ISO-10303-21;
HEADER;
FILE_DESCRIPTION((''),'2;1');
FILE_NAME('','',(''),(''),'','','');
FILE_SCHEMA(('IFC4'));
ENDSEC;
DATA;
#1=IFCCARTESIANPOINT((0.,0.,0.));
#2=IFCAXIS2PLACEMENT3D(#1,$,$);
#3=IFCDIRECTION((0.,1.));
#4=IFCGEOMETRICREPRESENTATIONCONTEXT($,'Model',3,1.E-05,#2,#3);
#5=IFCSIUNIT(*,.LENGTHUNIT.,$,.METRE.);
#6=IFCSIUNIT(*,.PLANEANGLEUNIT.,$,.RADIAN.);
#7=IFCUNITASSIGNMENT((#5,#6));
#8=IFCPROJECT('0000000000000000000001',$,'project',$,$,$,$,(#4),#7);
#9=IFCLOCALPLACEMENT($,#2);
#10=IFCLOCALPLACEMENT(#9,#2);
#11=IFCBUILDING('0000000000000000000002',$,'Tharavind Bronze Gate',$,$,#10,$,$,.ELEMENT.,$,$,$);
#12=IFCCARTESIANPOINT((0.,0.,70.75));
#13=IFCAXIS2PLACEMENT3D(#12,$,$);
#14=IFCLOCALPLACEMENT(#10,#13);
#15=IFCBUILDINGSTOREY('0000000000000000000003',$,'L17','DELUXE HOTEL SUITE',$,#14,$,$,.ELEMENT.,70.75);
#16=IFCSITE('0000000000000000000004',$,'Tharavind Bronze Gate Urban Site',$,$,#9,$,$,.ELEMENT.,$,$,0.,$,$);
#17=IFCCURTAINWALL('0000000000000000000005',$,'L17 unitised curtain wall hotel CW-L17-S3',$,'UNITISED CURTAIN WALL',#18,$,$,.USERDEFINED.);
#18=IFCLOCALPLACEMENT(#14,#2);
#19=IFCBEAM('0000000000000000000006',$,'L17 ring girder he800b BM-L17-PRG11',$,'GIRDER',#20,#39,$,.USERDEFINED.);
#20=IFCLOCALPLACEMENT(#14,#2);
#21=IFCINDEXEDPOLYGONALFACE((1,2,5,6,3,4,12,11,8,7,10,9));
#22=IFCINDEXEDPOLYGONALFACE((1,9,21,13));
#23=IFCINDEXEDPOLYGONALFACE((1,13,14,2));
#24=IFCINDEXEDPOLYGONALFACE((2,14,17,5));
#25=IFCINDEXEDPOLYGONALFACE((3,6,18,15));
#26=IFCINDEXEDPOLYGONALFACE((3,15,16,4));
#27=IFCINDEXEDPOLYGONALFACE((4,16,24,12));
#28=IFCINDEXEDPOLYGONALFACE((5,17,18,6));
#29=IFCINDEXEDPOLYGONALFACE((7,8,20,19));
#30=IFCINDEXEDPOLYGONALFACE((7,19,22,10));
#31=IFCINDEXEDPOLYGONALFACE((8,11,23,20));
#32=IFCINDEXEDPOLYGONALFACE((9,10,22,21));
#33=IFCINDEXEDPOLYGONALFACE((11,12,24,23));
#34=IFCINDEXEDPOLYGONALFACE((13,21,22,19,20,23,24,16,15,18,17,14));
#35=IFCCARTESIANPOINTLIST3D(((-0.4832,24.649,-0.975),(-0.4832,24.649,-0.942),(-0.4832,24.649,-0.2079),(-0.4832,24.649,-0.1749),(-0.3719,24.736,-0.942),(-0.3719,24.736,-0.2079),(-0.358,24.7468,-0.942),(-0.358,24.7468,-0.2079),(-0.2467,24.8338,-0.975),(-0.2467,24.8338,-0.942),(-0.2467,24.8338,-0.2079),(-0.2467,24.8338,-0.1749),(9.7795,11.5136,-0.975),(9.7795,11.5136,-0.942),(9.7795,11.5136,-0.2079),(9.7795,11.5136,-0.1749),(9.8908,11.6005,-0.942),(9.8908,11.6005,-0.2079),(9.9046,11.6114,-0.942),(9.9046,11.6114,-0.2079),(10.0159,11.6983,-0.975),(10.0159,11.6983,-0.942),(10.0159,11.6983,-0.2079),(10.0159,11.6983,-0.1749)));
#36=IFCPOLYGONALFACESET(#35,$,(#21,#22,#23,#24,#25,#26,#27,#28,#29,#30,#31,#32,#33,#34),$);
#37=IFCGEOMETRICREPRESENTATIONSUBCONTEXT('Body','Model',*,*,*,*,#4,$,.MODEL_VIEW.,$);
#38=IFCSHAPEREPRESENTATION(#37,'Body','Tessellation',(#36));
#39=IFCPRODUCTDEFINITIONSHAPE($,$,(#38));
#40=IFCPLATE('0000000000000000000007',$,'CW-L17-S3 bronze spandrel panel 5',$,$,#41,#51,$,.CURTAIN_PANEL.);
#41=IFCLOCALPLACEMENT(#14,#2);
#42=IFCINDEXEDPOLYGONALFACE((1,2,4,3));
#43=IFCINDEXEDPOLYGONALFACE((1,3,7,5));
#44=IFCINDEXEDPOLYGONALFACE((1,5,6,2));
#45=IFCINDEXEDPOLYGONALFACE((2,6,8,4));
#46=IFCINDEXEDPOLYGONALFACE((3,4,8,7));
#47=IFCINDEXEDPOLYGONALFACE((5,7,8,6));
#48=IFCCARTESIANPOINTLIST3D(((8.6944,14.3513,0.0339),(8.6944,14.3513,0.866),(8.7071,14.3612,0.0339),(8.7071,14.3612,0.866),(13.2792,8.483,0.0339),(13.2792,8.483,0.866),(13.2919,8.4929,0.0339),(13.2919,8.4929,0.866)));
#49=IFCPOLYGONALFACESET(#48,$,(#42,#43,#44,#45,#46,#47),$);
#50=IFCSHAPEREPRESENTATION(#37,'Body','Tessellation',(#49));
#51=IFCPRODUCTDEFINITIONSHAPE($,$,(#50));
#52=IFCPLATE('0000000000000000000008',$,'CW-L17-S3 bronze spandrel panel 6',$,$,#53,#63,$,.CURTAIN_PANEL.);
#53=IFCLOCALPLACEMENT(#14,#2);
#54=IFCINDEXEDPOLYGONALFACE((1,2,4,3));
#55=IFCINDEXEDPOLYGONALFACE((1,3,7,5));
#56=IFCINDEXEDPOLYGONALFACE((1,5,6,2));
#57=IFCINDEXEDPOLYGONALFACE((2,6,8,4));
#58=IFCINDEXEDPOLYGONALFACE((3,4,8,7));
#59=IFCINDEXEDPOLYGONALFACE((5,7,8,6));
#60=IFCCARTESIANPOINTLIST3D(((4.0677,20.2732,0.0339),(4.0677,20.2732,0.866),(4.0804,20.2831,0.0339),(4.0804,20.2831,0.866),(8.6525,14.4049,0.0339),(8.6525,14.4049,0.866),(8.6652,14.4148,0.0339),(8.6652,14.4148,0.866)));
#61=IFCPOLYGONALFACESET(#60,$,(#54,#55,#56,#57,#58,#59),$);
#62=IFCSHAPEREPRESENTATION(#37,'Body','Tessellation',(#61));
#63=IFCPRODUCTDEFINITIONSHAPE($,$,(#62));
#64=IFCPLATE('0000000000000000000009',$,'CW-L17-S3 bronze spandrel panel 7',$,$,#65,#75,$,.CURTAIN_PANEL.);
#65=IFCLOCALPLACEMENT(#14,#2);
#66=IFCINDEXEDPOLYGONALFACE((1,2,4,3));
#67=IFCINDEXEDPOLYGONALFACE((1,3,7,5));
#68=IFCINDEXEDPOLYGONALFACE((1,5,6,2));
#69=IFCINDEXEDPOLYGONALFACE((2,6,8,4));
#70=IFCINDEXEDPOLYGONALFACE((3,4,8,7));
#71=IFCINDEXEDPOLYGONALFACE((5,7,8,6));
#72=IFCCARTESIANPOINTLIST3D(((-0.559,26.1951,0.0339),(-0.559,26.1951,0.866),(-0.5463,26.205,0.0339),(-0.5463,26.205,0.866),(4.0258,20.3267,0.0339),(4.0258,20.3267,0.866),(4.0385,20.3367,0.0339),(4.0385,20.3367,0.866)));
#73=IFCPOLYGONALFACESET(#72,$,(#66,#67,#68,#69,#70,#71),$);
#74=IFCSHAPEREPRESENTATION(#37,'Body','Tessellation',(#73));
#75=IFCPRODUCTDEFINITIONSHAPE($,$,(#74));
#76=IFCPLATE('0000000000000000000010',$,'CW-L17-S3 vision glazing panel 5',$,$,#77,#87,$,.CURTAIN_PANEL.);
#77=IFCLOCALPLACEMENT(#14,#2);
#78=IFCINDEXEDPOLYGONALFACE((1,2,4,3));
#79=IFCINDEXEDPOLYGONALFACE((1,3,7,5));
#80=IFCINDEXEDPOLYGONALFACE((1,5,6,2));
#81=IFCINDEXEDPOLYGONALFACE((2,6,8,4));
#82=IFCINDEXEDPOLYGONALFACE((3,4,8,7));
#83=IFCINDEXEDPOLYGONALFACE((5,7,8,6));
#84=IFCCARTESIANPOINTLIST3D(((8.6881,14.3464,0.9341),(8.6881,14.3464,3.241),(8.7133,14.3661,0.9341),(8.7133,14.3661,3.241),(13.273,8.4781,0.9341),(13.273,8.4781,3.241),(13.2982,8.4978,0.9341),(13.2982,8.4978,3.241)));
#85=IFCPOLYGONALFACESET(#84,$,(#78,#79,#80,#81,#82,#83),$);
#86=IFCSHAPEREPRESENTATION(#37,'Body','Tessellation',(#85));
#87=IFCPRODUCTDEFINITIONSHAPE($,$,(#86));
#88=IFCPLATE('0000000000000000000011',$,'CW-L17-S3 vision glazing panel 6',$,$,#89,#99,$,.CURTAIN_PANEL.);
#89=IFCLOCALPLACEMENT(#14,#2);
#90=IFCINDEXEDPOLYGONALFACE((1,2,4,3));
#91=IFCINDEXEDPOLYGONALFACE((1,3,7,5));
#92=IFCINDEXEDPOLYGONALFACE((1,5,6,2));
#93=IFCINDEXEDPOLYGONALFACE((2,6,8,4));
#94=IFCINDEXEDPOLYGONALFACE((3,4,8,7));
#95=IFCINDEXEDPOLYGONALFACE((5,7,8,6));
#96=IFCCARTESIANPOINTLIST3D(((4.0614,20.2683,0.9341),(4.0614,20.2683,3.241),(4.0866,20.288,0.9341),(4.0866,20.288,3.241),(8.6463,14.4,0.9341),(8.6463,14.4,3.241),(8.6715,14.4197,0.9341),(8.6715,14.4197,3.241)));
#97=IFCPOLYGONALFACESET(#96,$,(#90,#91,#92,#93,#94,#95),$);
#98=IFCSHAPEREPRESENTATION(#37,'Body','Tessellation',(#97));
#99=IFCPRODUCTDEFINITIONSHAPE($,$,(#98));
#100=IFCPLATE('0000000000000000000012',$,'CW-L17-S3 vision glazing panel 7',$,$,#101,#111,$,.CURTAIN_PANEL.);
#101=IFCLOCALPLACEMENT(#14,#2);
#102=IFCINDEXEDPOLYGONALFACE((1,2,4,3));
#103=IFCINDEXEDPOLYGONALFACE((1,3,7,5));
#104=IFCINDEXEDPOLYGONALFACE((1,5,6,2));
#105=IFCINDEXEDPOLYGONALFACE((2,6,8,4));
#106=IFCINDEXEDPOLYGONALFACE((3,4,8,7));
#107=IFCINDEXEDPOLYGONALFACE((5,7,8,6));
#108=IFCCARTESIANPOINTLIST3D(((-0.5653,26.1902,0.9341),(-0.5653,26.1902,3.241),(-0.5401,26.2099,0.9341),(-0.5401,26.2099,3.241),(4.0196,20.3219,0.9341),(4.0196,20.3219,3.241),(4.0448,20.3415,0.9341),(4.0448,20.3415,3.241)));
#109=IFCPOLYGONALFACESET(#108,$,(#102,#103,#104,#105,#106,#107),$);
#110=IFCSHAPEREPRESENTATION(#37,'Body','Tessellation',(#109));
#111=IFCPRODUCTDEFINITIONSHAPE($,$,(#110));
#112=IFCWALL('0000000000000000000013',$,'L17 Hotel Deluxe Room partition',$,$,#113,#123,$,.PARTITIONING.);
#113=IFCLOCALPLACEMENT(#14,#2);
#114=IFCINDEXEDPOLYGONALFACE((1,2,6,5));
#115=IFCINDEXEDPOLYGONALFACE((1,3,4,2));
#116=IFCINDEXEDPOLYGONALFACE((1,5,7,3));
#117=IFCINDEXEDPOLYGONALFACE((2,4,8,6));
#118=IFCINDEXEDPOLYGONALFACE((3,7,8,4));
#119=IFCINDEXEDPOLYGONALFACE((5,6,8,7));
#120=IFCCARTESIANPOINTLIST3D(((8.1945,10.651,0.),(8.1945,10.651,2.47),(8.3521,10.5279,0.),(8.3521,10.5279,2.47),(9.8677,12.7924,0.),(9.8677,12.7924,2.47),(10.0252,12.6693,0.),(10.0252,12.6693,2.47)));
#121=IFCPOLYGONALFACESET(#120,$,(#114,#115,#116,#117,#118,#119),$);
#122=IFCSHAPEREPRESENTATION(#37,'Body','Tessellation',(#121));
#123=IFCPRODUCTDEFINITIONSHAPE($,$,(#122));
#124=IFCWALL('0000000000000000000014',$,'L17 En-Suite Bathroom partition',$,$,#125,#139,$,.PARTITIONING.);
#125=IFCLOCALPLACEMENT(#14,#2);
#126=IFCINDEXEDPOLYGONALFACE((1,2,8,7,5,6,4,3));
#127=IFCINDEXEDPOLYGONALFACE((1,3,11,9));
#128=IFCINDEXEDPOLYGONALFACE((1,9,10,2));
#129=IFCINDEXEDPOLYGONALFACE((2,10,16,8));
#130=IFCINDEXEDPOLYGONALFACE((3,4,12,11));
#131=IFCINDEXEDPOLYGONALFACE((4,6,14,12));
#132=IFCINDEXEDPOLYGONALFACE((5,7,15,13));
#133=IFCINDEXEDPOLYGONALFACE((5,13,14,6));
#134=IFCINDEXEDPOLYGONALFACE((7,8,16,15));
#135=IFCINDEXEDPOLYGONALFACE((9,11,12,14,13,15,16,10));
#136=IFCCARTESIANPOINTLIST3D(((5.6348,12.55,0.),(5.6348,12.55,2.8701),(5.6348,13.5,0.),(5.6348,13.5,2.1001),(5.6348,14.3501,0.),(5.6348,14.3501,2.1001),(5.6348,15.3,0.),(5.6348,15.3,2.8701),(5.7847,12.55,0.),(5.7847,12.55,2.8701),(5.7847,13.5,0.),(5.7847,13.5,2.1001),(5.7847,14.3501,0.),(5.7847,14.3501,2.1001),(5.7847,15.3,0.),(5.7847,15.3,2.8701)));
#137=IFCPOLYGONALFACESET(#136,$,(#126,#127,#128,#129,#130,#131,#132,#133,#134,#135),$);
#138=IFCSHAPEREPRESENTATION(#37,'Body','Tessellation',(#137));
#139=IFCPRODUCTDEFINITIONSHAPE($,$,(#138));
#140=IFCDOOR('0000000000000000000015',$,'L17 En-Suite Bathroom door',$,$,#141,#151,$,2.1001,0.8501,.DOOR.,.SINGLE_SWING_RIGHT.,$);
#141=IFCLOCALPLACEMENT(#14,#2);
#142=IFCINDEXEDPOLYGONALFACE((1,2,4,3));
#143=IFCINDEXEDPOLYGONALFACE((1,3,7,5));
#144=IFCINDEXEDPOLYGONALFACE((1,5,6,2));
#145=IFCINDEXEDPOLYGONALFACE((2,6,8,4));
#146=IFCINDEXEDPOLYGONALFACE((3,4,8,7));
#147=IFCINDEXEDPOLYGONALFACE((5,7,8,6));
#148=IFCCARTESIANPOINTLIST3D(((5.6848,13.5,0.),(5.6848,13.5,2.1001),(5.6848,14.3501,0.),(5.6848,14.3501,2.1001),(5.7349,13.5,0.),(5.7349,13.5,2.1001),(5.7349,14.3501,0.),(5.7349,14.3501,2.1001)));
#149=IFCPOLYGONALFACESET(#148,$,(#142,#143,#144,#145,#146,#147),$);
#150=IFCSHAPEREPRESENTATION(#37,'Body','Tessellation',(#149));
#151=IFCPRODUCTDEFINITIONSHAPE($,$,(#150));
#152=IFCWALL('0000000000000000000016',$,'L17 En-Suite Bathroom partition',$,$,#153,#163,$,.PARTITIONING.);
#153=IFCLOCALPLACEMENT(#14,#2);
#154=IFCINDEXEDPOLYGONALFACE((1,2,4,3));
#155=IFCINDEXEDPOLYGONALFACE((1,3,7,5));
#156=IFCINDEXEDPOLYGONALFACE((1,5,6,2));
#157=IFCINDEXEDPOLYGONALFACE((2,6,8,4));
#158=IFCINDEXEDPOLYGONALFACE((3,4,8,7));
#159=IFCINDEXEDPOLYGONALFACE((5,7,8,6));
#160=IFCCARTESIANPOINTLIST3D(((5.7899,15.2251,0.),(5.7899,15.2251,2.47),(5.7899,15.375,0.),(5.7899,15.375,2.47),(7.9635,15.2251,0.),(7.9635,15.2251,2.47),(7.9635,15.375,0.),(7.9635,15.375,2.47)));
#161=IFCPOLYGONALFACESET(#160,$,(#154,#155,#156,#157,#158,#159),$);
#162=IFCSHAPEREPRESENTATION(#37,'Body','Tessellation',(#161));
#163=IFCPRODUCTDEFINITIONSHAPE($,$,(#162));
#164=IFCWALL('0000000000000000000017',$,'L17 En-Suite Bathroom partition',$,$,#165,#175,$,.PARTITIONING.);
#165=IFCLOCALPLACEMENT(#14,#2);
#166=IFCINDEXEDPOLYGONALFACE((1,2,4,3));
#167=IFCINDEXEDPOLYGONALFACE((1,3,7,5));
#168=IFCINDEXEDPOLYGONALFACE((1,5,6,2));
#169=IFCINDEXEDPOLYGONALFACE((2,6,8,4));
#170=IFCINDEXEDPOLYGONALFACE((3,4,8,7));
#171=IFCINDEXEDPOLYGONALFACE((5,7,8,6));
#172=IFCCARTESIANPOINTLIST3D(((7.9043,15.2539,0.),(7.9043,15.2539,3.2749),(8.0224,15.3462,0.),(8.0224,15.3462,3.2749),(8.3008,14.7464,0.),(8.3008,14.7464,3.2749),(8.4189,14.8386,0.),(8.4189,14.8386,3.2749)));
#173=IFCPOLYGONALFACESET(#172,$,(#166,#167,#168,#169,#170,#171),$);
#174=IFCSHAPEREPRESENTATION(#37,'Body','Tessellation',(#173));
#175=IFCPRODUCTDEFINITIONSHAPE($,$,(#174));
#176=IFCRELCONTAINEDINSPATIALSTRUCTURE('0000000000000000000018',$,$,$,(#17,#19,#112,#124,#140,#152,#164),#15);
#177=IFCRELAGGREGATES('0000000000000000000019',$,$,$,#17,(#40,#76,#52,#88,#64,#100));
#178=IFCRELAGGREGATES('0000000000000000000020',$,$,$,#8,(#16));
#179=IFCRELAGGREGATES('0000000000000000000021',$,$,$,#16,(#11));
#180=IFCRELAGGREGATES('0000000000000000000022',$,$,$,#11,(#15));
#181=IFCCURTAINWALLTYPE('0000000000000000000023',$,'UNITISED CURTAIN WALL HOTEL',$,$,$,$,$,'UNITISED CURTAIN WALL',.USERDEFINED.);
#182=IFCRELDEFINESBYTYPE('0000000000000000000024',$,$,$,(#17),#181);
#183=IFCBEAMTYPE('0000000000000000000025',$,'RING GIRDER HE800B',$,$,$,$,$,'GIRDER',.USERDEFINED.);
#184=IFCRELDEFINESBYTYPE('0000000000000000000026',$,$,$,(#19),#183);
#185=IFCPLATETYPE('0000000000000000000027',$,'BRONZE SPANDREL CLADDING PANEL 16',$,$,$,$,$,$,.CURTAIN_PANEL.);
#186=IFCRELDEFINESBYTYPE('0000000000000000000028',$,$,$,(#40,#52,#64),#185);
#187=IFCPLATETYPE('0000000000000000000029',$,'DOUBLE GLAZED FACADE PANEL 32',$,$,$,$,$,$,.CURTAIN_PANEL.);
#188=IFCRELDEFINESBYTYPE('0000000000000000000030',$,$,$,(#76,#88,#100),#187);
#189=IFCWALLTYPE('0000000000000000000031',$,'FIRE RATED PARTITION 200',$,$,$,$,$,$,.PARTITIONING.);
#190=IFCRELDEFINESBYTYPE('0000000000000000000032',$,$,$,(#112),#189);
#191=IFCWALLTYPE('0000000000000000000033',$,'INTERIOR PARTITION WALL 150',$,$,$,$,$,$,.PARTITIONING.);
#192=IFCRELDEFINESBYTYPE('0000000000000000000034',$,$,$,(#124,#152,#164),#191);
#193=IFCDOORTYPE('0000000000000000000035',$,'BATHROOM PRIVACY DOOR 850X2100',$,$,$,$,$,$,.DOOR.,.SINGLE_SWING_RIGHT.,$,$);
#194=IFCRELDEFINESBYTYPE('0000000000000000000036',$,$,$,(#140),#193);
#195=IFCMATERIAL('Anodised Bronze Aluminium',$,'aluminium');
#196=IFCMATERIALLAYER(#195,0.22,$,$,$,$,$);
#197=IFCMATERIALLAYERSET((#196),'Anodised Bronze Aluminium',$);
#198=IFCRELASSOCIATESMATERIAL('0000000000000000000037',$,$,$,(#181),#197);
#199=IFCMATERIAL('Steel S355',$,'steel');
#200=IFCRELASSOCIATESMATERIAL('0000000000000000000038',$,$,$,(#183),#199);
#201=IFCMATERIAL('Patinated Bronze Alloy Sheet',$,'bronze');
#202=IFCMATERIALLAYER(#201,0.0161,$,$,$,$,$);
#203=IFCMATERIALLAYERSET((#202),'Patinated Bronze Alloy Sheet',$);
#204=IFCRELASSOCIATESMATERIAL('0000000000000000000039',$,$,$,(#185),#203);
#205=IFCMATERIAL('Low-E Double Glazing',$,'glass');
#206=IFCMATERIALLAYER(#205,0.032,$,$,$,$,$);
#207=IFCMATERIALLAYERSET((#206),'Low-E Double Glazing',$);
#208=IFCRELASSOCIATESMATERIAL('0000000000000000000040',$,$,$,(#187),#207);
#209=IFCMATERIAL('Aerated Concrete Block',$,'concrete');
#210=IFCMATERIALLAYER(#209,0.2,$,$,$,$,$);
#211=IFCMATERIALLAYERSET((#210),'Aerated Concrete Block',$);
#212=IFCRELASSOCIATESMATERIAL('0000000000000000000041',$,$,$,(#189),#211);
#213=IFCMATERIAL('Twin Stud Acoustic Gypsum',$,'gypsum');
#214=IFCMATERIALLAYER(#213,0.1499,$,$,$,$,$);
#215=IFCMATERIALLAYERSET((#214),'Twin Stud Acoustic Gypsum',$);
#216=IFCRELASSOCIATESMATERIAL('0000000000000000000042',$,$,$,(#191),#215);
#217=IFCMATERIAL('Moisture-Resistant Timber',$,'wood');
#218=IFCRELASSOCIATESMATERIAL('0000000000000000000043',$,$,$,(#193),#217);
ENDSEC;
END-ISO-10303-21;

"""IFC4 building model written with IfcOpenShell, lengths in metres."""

from ifc_helpers import new_model, si_unit, direction, frame, frame_2d, origin, origin_2d, place, context, subcontext, project, spatial, rectangle, i_section, extrude, material, layer, layer_set, material_profile, profile_set, type_object, element, fill, aggregate, save


model = new_model("IFC4")

# Units and contexts
model_context = context("Model", 3, precision=1e-05, world=origin(), true_north=direction((0.0, 1.0)))
body_context = subcontext(model_context, "Body", "Model", "MODEL_VIEW")
ifc_project = project(units=[si_unit("LENGTHUNIT", "METRE"), si_unit("PLANEANGLEUNIT", "RADIAN")], contexts=[model_context])

# Site, building, storey
site_placement = place(None, origin())
site = spatial("IfcSite", under=ifc_project, at=site_placement, Name="Tharavind Bronze Gate Urban Site", CompositionType="ELEMENT", RefElevation=0.0)
building_placement = place(site_placement, origin())
building = spatial("IfcBuilding", under=site, at=building_placement, Name="Tharavind Bronze Gate", CompositionType="ELEMENT")
storey_placement = place(building_placement, frame((0.0, 0.0, 70.75)))
storey = spatial("IfcBuildingStorey", under=building, at=storey_placement, Name="L17", Description="DELUXE HOTEL SUITE", CompositionType="ELEMENT", Elevation=70.75)

# Curtain wall
ifc_material_1 = material(Name="Anodised Bronze Aluminium", Category="aluminium")
ifc_layer_1 = layer(ifc_material_1, 0.22)
ifc_layer_set_1 = layer_set([ifc_layer_1], Name="Anodised Bronze Aluminium")
curtain_wall_type = type_object("IfcCurtainWallType", Name="UNITISED CURTAIN WALL HOTEL", ElementType="UNITISED CURTAIN WALL", PredefinedType="USERDEFINED", material=ifc_layer_set_1)
curtain_wall_placement = place(storey_placement, origin())
curtain_wall = element("IfcCurtainWall", 1, at=curtain_wall_placement, inside=storey, type_object=curtain_wall_type, Name="L17 unitised curtain wall hotel CW-L17-S3", ObjectType="UNITISED CURTAIN WALL", PredefinedType="USERDEFINED")

# Beam
ifc_material_2 = material(Name="Steel S355", Category="steel")
ifc_material_profile_1 = material_profile(ifc_material_2, i_section(OverallWidth=0.3, OverallDepth=0.8, WebThickness=0.0176, FlangeThickness=0.033, at=origin_2d()), Name="HE800B")
ifc_profile_set_1 = profile_set([ifc_material_profile_1], Name="Steel S355")
beam_type_1 = type_object("IfcBeamType", Name="RING GIRDER HE800B", ElementType="GIRDER", PredefinedType="USERDEFINED", material=ifc_profile_set_1)
beam_1_placement = place(storey_placement, frame((9.8977, 11.606, -0.575), z_axis=(-0.615666, 0.788007, 0.0), x_axis=(-0.788007, -0.615666, 0.0)))
element("IfcBeam", 2, at=beam_1_placement, inside=storey, type_object=beam_type_1, Name="L17 ring girder he800b BM-L17-PRG11", ObjectType="GIRDER", PredefinedType="USERDEFINED", context=body_context, shape_type="SweptSolid", body=[
    extrude(i_section(OverallWidth=0.3, OverallDepth=0.8, WebThickness=0.0176, FlangeThickness=0.033, at=origin_2d()), origin(), (0.0, 0.0, 1.0), 16.6692),
])

# Plates
ifc_material_3 = material(Name="Patinated Bronze Alloy Sheet", Category="bronze")
ifc_layer_2 = layer(ifc_material_3, 0.0161)
ifc_layer_set_2 = layer_set([ifc_layer_2], Name="Patinated Bronze Alloy Sheet")
plate_type_1 = type_object("IfcPlateType", Name="BRONZE SPANDREL CLADDING PANEL 16", PredefinedType="CURTAIN_PANEL", material=ifc_layer_set_2)
plate_1_placement = place(storey_placement, frame((10.9932, 11.4221, 0.0339), z_axis=(0.0, 0.0, 1.0), x_axis=(-0.615661, 0.788011, 0.0)))
plate_1 = element("IfcPlate", 3, at=plate_1_placement, type_object=plate_type_1, Name="CW-L17-S3 bronze spandrel panel 5", PredefinedType="CURTAIN_PANEL", context=body_context, shape_type="SweptSolid", body=[
    extrude(rectangle(XDim=7.447, YDim=0.0161, at=origin_2d()), origin(), (0.0, 0.0, 1.0), 0.832),
])
plate_2_placement = place(storey_placement, frame((6.3665, 17.344, 0.0339), z_axis=(0.0, 0.0, 1.0), x_axis=(-0.615661, 0.788011, 0.0)))
plate_2 = element("IfcPlate", 4, at=plate_2_placement, type_object=plate_type_1, Name="CW-L17-S3 bronze spandrel panel 6", PredefinedType="CURTAIN_PANEL", context=body_context, shape_type="SweptSolid", body=[
    extrude(rectangle(XDim=7.447, YDim=0.0161, at=origin_2d()), origin(), (0.0, 0.0, 1.0), 0.832),
])
plate_3_placement = place(storey_placement, frame((1.7397, 23.2659, 0.0339), z_axis=(0.0, 0.0, 1.0), x_axis=(-0.615661, 0.788011, 0.0)))
plate_3 = element("IfcPlate", 5, at=plate_3_placement, type_object=plate_type_1, Name="CW-L17-S3 bronze spandrel panel 7", PredefinedType="CURTAIN_PANEL", context=body_context, shape_type="SweptSolid", body=[
    extrude(rectangle(XDim=7.447, YDim=0.0161, at=origin_2d()), origin(), (0.0, 0.0, 1.0), 0.832),
])
ifc_material_4 = material(Name="Low-E Double Glazing", Category="glass")
ifc_layer_3 = layer(ifc_material_4, 0.032)
ifc_layer_set_3 = layer_set([ifc_layer_3], Name="Low-E Double Glazing")
plate_type_2 = type_object("IfcPlateType", Name="DOUBLE GLAZED FACADE PANEL 32", PredefinedType="CURTAIN_PANEL", material=ifc_layer_set_3)
plate_4_placement = place(storey_placement, frame((10.9932, 11.4221, 0.9341), z_axis=(0.0, 0.0, 1.0), x_axis=(-0.615661, 0.788011, 0.0)))
plate_4 = element("IfcPlate", 6, at=plate_4_placement, type_object=plate_type_2, Name="CW-L17-S3 vision glazing panel 5", PredefinedType="CURTAIN_PANEL", context=body_context, shape_type="SweptSolid", body=[
    extrude(rectangle(XDim=7.447, YDim=0.032, at=origin_2d()), origin(), (0.0, 0.0, 1.0), 2.3069),
])
plate_5_placement = place(storey_placement, frame((6.3665, 17.344, 0.9341), z_axis=(0.0, 0.0, 1.0), x_axis=(-0.615661, 0.788011, 0.0)))
plate_5 = element("IfcPlate", 7, at=plate_5_placement, type_object=plate_type_2, Name="CW-L17-S3 vision glazing panel 6", PredefinedType="CURTAIN_PANEL", context=body_context, shape_type="SweptSolid", body=[
    extrude(rectangle(XDim=7.447, YDim=0.032, at=origin_2d()), origin(), (0.0, 0.0, 1.0), 2.3069),
])
plate_6_placement = place(storey_placement, frame((1.7397, 23.2659, 0.9341), z_axis=(0.0, 0.0, 1.0), x_axis=(-0.615661, 0.788011, 0.0)))
plate_6 = element("IfcPlate", 8, at=plate_6_placement, type_object=plate_type_2, Name="CW-L17-S3 vision glazing panel 7", PredefinedType="CURTAIN_PANEL", context=body_context, shape_type="SweptSolid", body=[
    extrude(rectangle(XDim=7.447, YDim=0.032, at=origin_2d()), origin(), (0.0, 0.0, 1.0), 2.3069),
])
aggregate(curtain_wall, [plate_1, plate_4, plate_2, plate_5, plate_3, plate_6])

# Wall
ifc_material_5 = material(Name="Aerated Concrete Block", Category="concrete")
ifc_layer_4 = layer(ifc_material_5, 0.2)
ifc_layer_set_4 = layer_set([ifc_layer_4], Name="Aerated Concrete Block")
wall_type_1 = type_object("IfcWallType", Name="FIRE RATED PARTITION 200", PredefinedType="PARTITIONING", material=ifc_layer_set_4)
wall_1_placement = place(storey_placement, frame((9.9465, 12.731, 0.0), z_axis=(0.0, 0.0, 1.0), x_axis=(-0.615681, -0.787996, 0.0)))
element("IfcWall", 9, at=wall_1_placement, inside=storey, type_object=wall_type_1, Name="L17 Hotel Deluxe Room partition", PredefinedType="PARTITIONING", context=body_context, shape_type="SweptSolid", body=[
    extrude(rectangle(XDim=2.7175, YDim=0.2, at=frame_2d((1.3589, 0.0))), origin(), (0.0, 0.0, 1.0), 2.47),
])

# Wall, opening, door
ifc_material_6 = material(Name="Twin Stud Acoustic Gypsum", Category="gypsum")
ifc_layer_5 = layer(ifc_material_6, 0.1499)
ifc_layer_set_5 = layer_set([ifc_layer_5], Name="Twin Stud Acoustic Gypsum")
wall_type_2 = type_object("IfcWallType", Name="INTERIOR PARTITION WALL 150", PredefinedType="PARTITIONING", material=ifc_layer_set_5)
wall_2_placement = place(storey_placement, frame((5.7097, 12.55, 0.0), z_axis=(0.0, 0.0, 1.0), x_axis=(0.0, 1.0, 0.0)))
wall_2 = element("IfcWall", 10, at=wall_2_placement, inside=storey, type_object=wall_type_2, Name="L17 En-Suite Bathroom partition", PredefinedType="PARTITIONING", context=body_context, shape_type="SweptSolid", body=[
    extrude(rectangle(XDim=2.75, YDim=0.1499, at=frame_2d((1.375, 0.0))), origin(), (0.0, 0.0, 1.0), 2.8701),
])
opening_placement = place(wall_2_placement, frame((0.95, 0.0, 0.0)))
opening = element("IfcOpeningElement", 11, at=opening_placement, cuts=wall_2, PredefinedType="OPENING", context=body_context, shape_type="SweptSolid", body=[
    extrude(rectangle(XDim=0.8501, YDim=2.1001, at=frame_2d((0.425, 1.05))), frame((0.0, 0.085, 0.0), z_axis=(0.0, -1.0, 0.0), x_axis=(1.0, 0.0, 0.0)), (0.0, 0.0, 1.0), 0.1699),
])
ifc_material_7 = material(Name="Moisture-Resistant Timber", Category="wood")
door_type = type_object("IfcDoorType", Name="BATHROOM PRIVACY DOOR 850X2100", OperationType="SINGLE_SWING_RIGHT", PredefinedType="DOOR", material=ifc_material_7)
door_placement = place(opening_placement, origin())
door = element("IfcDoor", 12, at=door_placement, inside=storey, type_object=door_type, Name="L17 En-Suite Bathroom door", OperationType="SINGLE_SWING_RIGHT", OverallHeight=2.1001, OverallWidth=0.8501, PredefinedType="DOOR", context=body_context, shape_type="SweptSolid", body=[
    extrude(rectangle(XDim=0.8501, YDim=2.1001, at=frame_2d((0.425, 1.05))), frame((0.0, 0.0249, 0.0), z_axis=(0.0, -1.0, 0.0), x_axis=(1.0, 0.0, 0.0)), (0.0, 0.0, 1.0), 0.05),
])
fill(opening, door)

# Walls
wall_3_placement = place(storey_placement, frame((5.7898, 15.3, 0.0), z_axis=(0.0, 0.0, 1.0), x_axis=(1.0, 0.0, 0.0)))
element("IfcWall", 13, at=wall_3_placement, inside=storey, type_object=wall_type_2, Name="L17 En-Suite Bathroom partition", PredefinedType="PARTITIONING", context=body_context, shape_type="SweptSolid", body=[
    extrude(rectangle(XDim=2.1736, YDim=0.1499, at=frame_2d((1.0869, 0.0))), origin(), (0.0, 0.0, 1.0), 2.47),
])
wall_4_placement = place(storey_placement, frame((7.9634, 15.3, 0.0), z_axis=(0.0, 0.0, 1.0), x_axis=(0.615593, -0.788065, 0.0)))
element("IfcWall", 14, at=wall_4_placement, inside=storey, type_object=wall_type_2, Name="L17 En-Suite Bathroom partition", PredefinedType="PARTITIONING", context=body_context, shape_type="SweptSolid", body=[
    extrude(rectangle(XDim=0.644, YDim=0.1499, at=frame_2d((0.322, 0.0))), origin(), (0.0, 0.0, 1.0), 3.2749),
])

save(model, "model.ifc")
